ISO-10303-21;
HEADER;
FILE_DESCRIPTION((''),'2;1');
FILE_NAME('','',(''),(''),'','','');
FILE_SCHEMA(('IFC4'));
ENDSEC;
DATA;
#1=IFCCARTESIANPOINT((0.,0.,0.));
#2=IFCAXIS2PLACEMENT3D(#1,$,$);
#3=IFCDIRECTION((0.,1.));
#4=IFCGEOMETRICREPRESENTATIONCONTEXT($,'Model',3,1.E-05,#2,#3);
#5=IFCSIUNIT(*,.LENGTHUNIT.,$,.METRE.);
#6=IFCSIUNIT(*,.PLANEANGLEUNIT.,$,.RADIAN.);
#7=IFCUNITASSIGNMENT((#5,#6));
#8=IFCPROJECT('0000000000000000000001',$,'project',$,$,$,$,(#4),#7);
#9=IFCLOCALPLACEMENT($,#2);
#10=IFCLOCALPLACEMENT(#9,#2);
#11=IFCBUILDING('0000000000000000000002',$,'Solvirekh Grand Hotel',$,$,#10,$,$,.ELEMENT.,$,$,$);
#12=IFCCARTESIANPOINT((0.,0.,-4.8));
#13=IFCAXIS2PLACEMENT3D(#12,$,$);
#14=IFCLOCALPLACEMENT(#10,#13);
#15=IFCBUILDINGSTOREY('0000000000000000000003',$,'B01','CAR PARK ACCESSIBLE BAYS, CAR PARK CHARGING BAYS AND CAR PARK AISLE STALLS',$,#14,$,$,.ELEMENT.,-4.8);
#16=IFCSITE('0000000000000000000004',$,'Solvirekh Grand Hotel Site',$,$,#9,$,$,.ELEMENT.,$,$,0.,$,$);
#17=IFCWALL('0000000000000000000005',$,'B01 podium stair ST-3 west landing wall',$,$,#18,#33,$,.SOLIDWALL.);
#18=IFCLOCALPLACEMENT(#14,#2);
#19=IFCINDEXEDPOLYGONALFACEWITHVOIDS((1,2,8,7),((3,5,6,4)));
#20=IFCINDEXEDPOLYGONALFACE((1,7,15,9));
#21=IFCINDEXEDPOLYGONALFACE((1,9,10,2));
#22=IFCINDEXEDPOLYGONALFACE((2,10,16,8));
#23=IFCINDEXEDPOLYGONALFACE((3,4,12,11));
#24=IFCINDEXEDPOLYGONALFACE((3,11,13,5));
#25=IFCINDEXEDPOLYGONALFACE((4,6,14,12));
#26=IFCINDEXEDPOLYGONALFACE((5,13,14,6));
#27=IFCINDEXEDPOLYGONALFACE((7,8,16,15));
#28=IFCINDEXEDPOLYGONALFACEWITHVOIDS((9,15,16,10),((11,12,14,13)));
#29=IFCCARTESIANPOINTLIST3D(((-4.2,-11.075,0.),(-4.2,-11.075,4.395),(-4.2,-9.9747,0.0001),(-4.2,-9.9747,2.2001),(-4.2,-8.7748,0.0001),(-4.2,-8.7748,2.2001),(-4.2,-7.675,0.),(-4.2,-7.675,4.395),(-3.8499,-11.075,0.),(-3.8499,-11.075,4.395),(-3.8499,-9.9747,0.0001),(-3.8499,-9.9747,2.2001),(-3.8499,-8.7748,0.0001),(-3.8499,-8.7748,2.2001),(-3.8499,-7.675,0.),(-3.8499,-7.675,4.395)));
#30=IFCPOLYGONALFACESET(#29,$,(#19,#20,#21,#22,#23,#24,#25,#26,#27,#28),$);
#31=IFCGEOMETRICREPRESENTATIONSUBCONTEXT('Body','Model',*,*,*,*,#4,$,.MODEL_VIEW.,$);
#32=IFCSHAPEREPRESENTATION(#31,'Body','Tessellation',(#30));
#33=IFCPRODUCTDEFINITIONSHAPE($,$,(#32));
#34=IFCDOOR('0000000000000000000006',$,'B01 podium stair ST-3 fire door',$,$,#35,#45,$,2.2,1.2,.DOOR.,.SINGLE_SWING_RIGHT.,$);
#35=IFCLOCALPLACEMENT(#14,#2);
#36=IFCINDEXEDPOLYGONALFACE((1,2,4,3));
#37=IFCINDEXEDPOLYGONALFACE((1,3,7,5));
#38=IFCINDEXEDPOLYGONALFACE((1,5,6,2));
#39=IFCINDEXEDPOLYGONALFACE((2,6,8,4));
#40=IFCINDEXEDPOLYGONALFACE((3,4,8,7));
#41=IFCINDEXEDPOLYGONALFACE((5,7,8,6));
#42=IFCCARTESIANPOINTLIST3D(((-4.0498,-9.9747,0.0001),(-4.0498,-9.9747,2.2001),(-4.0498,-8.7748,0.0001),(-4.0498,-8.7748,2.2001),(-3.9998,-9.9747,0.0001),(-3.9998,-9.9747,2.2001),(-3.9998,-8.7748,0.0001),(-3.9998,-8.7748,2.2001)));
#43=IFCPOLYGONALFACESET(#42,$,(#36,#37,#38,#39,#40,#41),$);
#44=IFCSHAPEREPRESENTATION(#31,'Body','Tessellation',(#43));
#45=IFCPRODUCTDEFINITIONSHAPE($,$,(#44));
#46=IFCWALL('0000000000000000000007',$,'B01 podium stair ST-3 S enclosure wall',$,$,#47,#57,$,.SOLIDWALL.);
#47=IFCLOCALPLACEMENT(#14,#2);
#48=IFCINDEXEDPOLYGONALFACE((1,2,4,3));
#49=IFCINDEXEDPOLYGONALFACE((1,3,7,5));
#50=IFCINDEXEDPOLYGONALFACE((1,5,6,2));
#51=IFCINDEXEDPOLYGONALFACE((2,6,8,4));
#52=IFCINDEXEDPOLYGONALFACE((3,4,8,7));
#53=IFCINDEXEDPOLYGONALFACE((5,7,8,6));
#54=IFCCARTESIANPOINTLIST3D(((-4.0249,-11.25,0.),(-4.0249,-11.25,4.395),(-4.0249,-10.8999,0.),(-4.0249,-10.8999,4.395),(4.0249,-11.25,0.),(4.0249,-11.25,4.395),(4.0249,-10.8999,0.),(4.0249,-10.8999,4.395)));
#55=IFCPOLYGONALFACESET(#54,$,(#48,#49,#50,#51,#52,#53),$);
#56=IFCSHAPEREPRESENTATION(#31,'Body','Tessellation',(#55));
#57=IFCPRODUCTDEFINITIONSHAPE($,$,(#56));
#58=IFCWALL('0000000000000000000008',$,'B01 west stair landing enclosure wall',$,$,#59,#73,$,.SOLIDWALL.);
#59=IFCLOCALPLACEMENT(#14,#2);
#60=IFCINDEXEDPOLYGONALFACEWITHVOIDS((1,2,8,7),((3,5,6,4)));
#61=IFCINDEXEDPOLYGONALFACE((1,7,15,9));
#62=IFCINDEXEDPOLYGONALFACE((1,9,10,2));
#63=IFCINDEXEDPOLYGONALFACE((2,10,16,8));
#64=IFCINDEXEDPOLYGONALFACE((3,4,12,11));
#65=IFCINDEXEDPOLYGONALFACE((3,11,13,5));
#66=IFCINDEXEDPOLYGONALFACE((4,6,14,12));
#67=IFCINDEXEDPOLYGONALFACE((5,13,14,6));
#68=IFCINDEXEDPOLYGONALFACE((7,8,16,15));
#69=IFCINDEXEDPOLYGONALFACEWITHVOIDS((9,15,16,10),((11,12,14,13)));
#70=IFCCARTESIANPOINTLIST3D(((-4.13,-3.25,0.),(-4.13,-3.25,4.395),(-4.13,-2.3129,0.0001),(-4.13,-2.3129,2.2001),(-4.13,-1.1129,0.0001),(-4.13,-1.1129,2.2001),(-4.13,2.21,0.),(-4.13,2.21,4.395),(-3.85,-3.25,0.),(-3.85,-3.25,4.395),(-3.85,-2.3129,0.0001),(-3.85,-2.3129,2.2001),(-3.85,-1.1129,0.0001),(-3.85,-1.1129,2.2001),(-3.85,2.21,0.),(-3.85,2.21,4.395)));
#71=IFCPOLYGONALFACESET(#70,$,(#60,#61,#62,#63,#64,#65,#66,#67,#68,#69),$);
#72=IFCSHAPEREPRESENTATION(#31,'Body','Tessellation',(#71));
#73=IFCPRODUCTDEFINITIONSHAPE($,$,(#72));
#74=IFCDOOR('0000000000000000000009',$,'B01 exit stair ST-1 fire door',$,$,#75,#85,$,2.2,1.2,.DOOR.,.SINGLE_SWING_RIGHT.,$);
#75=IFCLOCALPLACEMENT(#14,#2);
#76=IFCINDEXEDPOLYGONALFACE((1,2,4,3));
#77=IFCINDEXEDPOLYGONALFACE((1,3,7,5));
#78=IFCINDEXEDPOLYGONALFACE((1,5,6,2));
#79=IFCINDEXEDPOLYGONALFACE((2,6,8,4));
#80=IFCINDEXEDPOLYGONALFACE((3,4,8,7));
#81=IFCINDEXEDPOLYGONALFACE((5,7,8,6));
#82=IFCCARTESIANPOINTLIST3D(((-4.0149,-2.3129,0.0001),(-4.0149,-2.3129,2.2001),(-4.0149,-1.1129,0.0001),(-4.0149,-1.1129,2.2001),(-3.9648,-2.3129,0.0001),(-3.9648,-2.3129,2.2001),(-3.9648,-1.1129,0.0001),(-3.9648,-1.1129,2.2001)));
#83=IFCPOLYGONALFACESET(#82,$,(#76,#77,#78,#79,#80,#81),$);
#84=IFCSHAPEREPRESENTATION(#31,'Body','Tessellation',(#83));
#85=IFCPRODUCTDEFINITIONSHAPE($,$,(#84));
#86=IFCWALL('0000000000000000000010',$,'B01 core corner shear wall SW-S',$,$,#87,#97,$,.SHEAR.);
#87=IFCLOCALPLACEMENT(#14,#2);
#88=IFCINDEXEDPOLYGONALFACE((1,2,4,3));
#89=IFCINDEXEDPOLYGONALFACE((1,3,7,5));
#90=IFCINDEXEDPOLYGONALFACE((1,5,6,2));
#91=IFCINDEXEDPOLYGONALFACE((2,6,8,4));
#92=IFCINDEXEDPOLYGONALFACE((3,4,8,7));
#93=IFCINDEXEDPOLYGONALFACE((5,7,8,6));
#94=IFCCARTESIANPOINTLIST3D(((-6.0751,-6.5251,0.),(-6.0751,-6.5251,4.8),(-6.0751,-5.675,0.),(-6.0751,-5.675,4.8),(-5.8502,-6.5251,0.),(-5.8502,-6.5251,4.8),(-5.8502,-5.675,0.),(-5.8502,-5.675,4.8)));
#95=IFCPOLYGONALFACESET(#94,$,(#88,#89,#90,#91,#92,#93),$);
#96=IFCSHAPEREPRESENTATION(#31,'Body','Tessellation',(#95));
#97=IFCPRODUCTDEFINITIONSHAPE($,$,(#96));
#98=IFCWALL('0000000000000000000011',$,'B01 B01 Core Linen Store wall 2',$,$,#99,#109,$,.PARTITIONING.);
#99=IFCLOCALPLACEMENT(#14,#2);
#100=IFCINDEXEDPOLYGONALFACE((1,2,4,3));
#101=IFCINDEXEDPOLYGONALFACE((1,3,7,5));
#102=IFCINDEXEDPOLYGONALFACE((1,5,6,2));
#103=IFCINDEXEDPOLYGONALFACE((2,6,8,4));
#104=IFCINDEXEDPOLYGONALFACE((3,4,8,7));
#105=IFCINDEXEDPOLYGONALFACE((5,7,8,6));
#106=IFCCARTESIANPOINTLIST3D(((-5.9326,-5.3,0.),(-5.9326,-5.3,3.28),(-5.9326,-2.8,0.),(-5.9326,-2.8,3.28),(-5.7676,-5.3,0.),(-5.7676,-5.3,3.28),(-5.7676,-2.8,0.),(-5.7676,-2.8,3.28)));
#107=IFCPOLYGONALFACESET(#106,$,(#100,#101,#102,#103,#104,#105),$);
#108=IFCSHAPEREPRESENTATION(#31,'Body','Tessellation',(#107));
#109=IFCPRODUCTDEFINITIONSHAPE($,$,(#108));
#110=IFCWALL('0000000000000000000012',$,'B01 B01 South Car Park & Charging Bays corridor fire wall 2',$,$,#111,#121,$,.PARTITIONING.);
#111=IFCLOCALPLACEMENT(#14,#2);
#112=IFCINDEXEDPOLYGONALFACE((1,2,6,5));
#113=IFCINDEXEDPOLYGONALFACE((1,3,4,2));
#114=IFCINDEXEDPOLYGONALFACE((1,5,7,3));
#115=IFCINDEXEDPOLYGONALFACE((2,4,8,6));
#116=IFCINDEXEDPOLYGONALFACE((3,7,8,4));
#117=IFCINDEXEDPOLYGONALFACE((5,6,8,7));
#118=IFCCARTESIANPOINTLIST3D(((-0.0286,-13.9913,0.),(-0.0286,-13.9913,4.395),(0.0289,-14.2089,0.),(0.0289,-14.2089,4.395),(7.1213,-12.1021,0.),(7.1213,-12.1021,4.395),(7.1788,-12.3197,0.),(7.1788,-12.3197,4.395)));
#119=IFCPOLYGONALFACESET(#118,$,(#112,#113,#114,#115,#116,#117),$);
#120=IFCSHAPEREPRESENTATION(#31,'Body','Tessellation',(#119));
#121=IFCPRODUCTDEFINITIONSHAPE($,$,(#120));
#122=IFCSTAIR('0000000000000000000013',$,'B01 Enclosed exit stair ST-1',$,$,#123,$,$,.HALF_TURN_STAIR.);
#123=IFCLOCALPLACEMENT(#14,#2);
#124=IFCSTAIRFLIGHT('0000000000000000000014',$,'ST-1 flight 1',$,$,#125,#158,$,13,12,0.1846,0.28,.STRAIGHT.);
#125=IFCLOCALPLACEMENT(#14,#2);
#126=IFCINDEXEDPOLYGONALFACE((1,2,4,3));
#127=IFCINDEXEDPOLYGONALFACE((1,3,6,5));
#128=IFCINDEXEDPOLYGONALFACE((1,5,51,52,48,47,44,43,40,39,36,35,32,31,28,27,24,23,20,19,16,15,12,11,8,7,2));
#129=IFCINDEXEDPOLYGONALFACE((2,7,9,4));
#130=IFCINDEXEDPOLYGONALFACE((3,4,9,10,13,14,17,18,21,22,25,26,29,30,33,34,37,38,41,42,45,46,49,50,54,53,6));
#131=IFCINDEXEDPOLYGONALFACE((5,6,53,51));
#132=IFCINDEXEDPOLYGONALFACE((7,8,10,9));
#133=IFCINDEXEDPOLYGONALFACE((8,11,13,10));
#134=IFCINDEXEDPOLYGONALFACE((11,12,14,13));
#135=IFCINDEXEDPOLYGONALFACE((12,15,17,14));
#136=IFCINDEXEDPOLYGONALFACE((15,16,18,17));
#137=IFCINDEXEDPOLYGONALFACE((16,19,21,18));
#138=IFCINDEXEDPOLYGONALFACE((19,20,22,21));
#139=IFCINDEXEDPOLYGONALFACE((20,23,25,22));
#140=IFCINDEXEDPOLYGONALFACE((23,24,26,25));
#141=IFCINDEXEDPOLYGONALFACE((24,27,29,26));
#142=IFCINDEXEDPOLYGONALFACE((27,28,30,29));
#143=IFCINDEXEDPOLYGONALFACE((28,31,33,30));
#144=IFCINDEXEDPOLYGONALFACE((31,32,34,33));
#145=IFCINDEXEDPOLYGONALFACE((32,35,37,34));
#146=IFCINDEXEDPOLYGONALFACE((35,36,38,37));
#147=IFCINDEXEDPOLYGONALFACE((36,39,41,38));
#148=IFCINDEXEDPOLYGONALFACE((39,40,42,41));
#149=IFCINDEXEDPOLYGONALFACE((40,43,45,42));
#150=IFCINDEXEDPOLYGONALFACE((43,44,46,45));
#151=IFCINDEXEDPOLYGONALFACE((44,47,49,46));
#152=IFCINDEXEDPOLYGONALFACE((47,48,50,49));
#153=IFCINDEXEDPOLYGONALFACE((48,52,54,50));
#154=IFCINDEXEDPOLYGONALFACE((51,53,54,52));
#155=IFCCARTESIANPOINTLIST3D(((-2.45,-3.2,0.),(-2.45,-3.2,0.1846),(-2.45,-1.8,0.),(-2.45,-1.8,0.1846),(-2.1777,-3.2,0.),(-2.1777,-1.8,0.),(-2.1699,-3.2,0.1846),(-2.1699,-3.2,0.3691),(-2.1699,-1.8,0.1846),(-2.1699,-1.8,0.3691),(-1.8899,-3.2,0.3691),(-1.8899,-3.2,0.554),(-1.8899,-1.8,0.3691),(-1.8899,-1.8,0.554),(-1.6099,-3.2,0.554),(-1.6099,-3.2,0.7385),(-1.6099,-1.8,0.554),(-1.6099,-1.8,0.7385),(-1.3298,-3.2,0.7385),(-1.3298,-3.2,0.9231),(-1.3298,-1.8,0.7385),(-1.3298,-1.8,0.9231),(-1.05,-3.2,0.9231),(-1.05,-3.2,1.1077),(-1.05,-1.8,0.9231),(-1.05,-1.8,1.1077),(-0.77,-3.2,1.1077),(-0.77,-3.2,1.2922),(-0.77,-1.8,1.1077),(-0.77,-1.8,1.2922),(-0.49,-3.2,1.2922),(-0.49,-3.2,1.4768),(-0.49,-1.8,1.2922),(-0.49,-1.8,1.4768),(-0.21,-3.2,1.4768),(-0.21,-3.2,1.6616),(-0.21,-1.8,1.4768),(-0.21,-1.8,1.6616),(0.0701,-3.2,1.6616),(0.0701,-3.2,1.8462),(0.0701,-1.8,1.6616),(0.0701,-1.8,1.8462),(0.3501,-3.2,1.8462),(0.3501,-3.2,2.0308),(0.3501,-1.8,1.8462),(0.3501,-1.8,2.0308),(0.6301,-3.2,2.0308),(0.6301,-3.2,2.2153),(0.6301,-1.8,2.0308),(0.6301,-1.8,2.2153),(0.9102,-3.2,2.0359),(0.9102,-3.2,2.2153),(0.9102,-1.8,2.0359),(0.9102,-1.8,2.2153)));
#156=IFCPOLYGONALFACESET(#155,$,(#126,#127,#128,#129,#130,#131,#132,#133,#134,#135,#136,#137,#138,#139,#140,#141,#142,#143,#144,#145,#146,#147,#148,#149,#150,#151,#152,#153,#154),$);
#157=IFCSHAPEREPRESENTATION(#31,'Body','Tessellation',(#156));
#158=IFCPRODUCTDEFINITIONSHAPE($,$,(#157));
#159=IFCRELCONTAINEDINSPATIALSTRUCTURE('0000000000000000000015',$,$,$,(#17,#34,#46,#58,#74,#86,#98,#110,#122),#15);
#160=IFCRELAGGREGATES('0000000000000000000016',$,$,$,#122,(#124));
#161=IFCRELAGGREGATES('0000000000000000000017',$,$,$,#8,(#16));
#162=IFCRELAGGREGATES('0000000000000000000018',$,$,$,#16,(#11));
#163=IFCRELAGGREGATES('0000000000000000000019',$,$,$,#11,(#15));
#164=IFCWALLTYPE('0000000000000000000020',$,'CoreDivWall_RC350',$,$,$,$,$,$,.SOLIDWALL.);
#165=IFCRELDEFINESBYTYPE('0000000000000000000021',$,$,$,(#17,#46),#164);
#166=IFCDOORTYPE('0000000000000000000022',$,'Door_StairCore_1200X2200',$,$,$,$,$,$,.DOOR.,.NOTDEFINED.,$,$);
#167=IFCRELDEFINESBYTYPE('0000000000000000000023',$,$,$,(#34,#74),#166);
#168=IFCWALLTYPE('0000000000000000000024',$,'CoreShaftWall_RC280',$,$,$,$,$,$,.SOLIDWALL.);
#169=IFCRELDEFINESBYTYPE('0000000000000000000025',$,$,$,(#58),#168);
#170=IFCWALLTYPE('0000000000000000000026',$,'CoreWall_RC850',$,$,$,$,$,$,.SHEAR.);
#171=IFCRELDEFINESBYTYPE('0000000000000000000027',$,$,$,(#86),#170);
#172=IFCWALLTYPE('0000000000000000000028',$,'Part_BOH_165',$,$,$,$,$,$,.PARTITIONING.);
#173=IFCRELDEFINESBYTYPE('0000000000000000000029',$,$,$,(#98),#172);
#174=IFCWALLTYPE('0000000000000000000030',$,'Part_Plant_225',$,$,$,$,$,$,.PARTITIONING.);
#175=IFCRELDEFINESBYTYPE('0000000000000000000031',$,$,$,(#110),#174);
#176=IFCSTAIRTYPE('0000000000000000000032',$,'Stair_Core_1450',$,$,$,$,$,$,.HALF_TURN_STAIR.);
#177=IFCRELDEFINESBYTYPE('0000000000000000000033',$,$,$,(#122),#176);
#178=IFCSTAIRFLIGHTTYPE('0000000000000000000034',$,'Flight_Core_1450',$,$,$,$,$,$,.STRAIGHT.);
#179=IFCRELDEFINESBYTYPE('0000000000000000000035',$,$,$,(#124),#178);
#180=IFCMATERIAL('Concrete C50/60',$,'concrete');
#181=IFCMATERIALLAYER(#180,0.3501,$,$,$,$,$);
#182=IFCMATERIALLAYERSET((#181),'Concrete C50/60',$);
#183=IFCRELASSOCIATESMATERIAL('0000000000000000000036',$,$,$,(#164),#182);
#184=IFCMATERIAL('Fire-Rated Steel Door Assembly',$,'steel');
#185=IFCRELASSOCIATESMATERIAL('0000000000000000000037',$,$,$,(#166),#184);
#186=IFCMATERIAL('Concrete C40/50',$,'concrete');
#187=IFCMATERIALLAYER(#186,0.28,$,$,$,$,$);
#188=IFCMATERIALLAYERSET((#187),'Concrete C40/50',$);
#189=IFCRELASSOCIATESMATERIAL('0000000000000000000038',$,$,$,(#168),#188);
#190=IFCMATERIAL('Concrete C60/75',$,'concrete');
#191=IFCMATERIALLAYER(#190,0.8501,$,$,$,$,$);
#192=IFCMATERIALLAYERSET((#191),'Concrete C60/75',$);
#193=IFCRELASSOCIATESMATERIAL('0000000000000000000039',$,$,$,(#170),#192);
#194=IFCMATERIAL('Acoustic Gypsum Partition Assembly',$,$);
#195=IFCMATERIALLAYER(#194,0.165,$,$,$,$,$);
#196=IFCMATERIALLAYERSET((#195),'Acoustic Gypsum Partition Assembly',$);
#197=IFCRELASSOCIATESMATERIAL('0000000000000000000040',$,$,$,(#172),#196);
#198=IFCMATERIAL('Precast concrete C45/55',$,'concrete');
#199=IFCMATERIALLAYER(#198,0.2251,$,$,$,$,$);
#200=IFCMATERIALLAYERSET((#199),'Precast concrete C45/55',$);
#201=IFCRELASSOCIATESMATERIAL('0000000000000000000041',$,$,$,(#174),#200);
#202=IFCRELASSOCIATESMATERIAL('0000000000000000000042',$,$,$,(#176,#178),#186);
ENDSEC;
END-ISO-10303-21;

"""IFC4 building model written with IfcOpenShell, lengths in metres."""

from ifc_helpers import new_model, si_unit, direction, frame, frame_2d, origin, place, context, subcontext, project, spatial, polyline, rectangle, outline, extrude, material, layer, layer_set, type_object, element, fill, aggregate, save


model = new_model("IFC4")

# Units and contexts
model_context = context("Model", 3, precision=1e-05, world=origin(), true_north=direction((0.0, 1.0)))
body_context = subcontext(model_context, "Body", "Model", "MODEL_VIEW")
ifc_project = project(units=[si_unit("LENGTHUNIT", "METRE"), si_unit("PLANEANGLEUNIT", "RADIAN")], contexts=[model_context])

# Site, building, storey
site_placement = place(None, origin())
site = spatial("IfcSite", under=ifc_project, at=site_placement, Name="Solvirekh Grand Hotel Site", CompositionType="ELEMENT", RefElevation=0.0)
building_placement = place(site_placement, origin())
building = spatial("IfcBuilding", under=site, at=building_placement, Name="Solvirekh Grand Hotel", CompositionType="ELEMENT")
storey_placement = place(building_placement, frame((0.0, 0.0, -4.8)))
storey = spatial("IfcBuildingStorey", under=building, at=storey_placement, Name="B01", Description="CAR PARK ACCESSIBLE BAYS, CAR PARK CHARGING BAYS AND CAR PARK AISLE STALLS", CompositionType="ELEMENT", Elevation=-4.8)

# Shared definitions
ifc_material_1 = material(Name="Concrete C60/75", Category="concrete")

# Shared definitions
ifc_material_2 = material(Name="Concrete C50/60", Category="concrete")
ifc_layer_1 = layer(ifc_material_2, 0.3501)
ifc_layer_set_1 = layer_set([ifc_layer_1], Name="Concrete C50/60")
wall_type_1 = type_object("IfcWallType", Name="CoreDivWall_RC350", PredefinedType="SOLIDWALL", material=ifc_layer_set_1)

# Wall, opening, door
wall_1_placement = place(storey_placement, frame((-4.0249, -11.075, 0.0), z_axis=(0.0, 0.0, 1.0), x_axis=(0.0, 1.0, 0.0)))
wall_1 = element("IfcWall", 1, at=wall_1_placement, inside=storey, type_object=wall_type_1, Name="B01 podium stair ST-3 west landing wall", PredefinedType="SOLIDWALL", context=body_context, shape_type="SweptSolid", body=[
    extrude(rectangle(XDim=3.3999, YDim=0.3501, at=frame_2d((1.7, 0.0))), origin(), (0.0, 0.0, 1.0), 4.395),
])
opening_1_placement = place(wall_1_placement, frame((1.1001, 0.0, 0.0)))
opening_1 = element("IfcOpeningElement", 2, at=opening_1_placement, cuts=wall_1, PredefinedType="OPENING", context=body_context, shape_type="SweptSolid", body=[
    extrude(rectangle(XDim=1.2, YDim=2.2, at=frame_2d((0.6001, 1.1001))), frame((0.0, 0.1851, 0.0), z_axis=(0.0, -1.0, 0.0), x_axis=(1.0, 0.0, 0.0)), (0.0, 0.0, 1.0), 0.3701),
])
ifc_material_3 = material(Name="Fire-Rated Steel Door Assembly", Category="steel")
door_type = type_object("IfcDoorType", Name="Door_StairCore_1200X2200", OperationType="NOTDEFINED", PredefinedType="DOOR", material=ifc_material_3)
door_1_placement = place(opening_1_placement, origin())
door_1 = element("IfcDoor", 3, at=door_1_placement, inside=storey, type_object=door_type, Name="B01 podium stair ST-3 fire door", OperationType="SINGLE_SWING_RIGHT", OverallHeight=2.2, OverallWidth=1.2, PredefinedType="DOOR", context=body_context, shape_type="SweptSolid", body=[
    extrude(rectangle(XDim=1.2, YDim=2.2, at=frame_2d((0.6001, 1.1001))), frame((0.0, 0.0249, 0.0), z_axis=(0.0, -1.0, 0.0), x_axis=(1.0, 0.0, 0.0)), (0.0, 0.0, 1.0), 0.05),
])
fill(opening_1, door_1)

# Wall
wall_2_placement = place(storey_placement, frame((-4.0249, -11.075, 0.0), z_axis=(0.0, 0.0, 1.0), x_axis=(1.0, 0.0, 0.0)))
element("IfcWall", 4, at=wall_2_placement, inside=storey, type_object=wall_type_1, Name="B01 podium stair ST-3 S enclosure wall", PredefinedType="SOLIDWALL", context=body_context, shape_type="SweptSolid", body=[
    extrude(rectangle(XDim=8.0498, YDim=0.3501, at=frame_2d((4.0249, 0.0))), origin(), (0.0, 0.0, 1.0), 4.395),
])

# Wall, opening, door
ifc_material_4 = material(Name="Concrete C40/50", Category="concrete")
ifc_layer_2 = layer(ifc_material_4, 0.28)
ifc_layer_set_2 = layer_set([ifc_layer_2], Name="Concrete C40/50")
wall_type_2 = type_object("IfcWallType", Name="CoreShaftWall_RC280", PredefinedType="SOLIDWALL", material=ifc_layer_set_2)
wall_3_placement = place(storey_placement, frame((-3.99, -3.25, 0.0), z_axis=(0.0, 0.0, 1.0), x_axis=(0.0, 1.0, 0.0)))
wall_3 = element("IfcWall", 5, at=wall_3_placement, inside=storey, type_object=wall_type_2, Name="B01 west stair landing enclosure wall", PredefinedType="SOLIDWALL", context=body_context, shape_type="SweptSolid", body=[
    extrude(rectangle(XDim=5.46, YDim=0.28, at=frame_2d((2.73, 0.0))), origin(), (0.0, 0.0, 1.0), 4.395),
])
opening_2_placement = place(wall_3_placement, frame((0.937, 0.0, 0.0)))
opening_2 = element("IfcOpeningElement", 6, at=opening_2_placement, cuts=wall_3, PredefinedType="OPENING", context=body_context, shape_type="SweptSolid", body=[
    extrude(rectangle(XDim=1.2, YDim=2.2, at=frame_2d((0.6001, 1.1001))), frame((0.0, 0.1499, 0.0), z_axis=(0.0, -1.0, 0.0), x_axis=(1.0, 0.0, 0.0)), (0.0, 0.0, 1.0), 0.3),
])
door_2_placement = place(opening_2_placement, origin())
door_2 = element("IfcDoor", 7, at=door_2_placement, inside=storey, type_object=door_type, Name="B01 exit stair ST-1 fire door", OperationType="SINGLE_SWING_RIGHT", OverallHeight=2.2, OverallWidth=1.2, PredefinedType="DOOR", context=body_context, shape_type="SweptSolid", body=[
    extrude(rectangle(XDim=1.2, YDim=2.2, at=frame_2d((0.6001, 1.1001))), frame((0.0, 0.0249, 0.0), z_axis=(0.0, -1.0, 0.0), x_axis=(1.0, 0.0, 0.0)), (0.0, 0.0, 1.0), 0.05),
])
fill(opening_2, door_2)

# Walls
ifc_layer_3 = layer(ifc_material_1, 0.8501)
ifc_layer_set_3 = layer_set([ifc_layer_3], Name="Concrete C60/75")
wall_type_3 = type_object("IfcWallType", Name="CoreWall_RC850", PredefinedType="SHEAR", material=ifc_layer_set_3)
wall_4_placement = place(storey_placement, frame((-6.075, -6.1001, 0.0), z_axis=(0.0, 0.0, 1.0), x_axis=(1.0, 0.0, 0.0)))
element("IfcWall", 8, at=wall_4_placement, inside=storey, type_object=wall_type_3, Name="B01 core corner shear wall SW-S", PredefinedType="SHEAR", context=body_context, shape_type="SweptSolid", body=[
    extrude(rectangle(XDim=0.2249, YDim=0.8501, at=frame_2d((0.1123, 0.0))), origin(), (0.0, 0.0, 1.0), 4.8),
])
ifc_material_5 = material(Name="Acoustic Gypsum Partition Assembly")
ifc_layer_4 = layer(ifc_material_5, 0.165)
ifc_layer_set_4 = layer_set([ifc_layer_4], Name="Acoustic Gypsum Partition Assembly")
wall_type_4 = type_object("IfcWallType", Name="Part_BOH_165", PredefinedType="PARTITIONING", material=ifc_layer_set_4)
wall_5_placement = place(storey_placement, frame((-5.8501, -5.3, 0.0), z_axis=(0.0, 0.0, 1.0), x_axis=(0.0, 1.0, 0.0)))
element("IfcWall", 9, at=wall_5_placement, inside=storey, type_object=wall_type_4, Name="B01 B01 Core Linen Store wall 2", PredefinedType="PARTITIONING", context=body_context, shape_type="SweptSolid", body=[
    extrude(rectangle(XDim=2.5, YDim=0.165, at=frame_2d((1.25, 0.0))), origin(), (0.0, 0.0, 1.0), 3.28),
])
ifc_material_6 = material(Name="Precast concrete C45/55", Category="concrete")
ifc_layer_5 = layer(ifc_material_6, 0.2251)
ifc_layer_set_5 = layer_set([ifc_layer_5], Name="Precast concrete C45/55")
wall_type_5 = type_object("IfcWallType", Name="Part_Plant_225", PredefinedType="PARTITIONING", material=ifc_layer_set_5)
wall_6_placement = place(storey_placement, frame((0.0, -14.1001, 0.0), z_axis=(0.0, 0.0, 1.0), x_axis=(0.966821, 0.255455, 0.0)))
element("IfcWall", 10, at=wall_6_placement, inside=storey, type_object=wall_type_5, Name="B01 B01 South Car Park & Charging Bays corridor fire wall 2", PredefinedType="PARTITIONING", context=body_context, shape_type="SweptSolid", body=[
    extrude(rectangle(XDim=7.3953, YDim=0.2251, at=frame_2d((3.6978, 0.0))), origin(), (0.0, 0.0, 1.0), 4.395),
])

# Stair, stair flight
stair_type_1 = type_object("IfcStairType", Name="Stair_Core_1450", PredefinedType="HALF_TURN_STAIR", material=ifc_material_4)
stair_1_placement = place(storey_placement, origin())
stair_1 = element("IfcStair", 11, at=stair_1_placement, inside=storey, type_object=stair_type_1, Name="B01 Enclosed exit stair ST-1", PredefinedType="HALF_TURN_STAIR")
stair_flight_type_1 = type_object("IfcStairFlightType", Name="Flight_Core_1450", PredefinedType="STRAIGHT", material=ifc_material_4)
stair_flight_1_placement = place(storey_placement, frame((-2.45, -2.5, 0.0), z_axis=(0.0, 0.0, 1.0), x_axis=(1.0, 0.0, 0.0)))
stair_flight_1 = element("IfcStairFlight", 12, at=stair_flight_1_placement, type_object=stair_flight_type_1, Name="ST-1 flight 1", NumberOfRisers=13, NumberOfTreads=12, PredefinedType="STRAIGHT", RiserHeight=0.1846, TreadLength=0.28, context=body_context, shape_type="SweptSolid", body=[
    extrude(outline(polyline([(0.0, 0.0), (0.0, 0.1846), (0.28, 0.1846), (0.28, 0.3691), (0.5601, 0.3691), (0.5601, 0.554), (0.8401, 0.554), (0.8401, 0.7385), (1.1201, 0.7385), (1.1201, 0.9231), (1.3999, 0.9231), (1.3999, 1.1077), (1.6799, 1.1077), (1.6799, 1.2922), (1.96, 1.2922), (1.96, 1.4768), (2.24, 1.4768), (2.24, 1.6616), (2.52, 1.6616), (2.52, 1.8462), (2.8, 1.8462), (2.8, 2.0308), (3.0801, 2.0308), (3.0801, 2.2153), (3.3601, 2.2153), (3.3601, 2.3999), (3.3601, 2.0359), (0.2722, 0.0), (0.0, 0.0)])), frame((0.0, 0.7, 0.0), z_axis=(0.0, -1.0, 0.0), x_axis=(1.0, 0.0, 0.0)), (0.0, 0.0, 1.0), 1.3999),
])
aggregate(stair_1, [stair_flight_1])

save(model, "model.ifc")
